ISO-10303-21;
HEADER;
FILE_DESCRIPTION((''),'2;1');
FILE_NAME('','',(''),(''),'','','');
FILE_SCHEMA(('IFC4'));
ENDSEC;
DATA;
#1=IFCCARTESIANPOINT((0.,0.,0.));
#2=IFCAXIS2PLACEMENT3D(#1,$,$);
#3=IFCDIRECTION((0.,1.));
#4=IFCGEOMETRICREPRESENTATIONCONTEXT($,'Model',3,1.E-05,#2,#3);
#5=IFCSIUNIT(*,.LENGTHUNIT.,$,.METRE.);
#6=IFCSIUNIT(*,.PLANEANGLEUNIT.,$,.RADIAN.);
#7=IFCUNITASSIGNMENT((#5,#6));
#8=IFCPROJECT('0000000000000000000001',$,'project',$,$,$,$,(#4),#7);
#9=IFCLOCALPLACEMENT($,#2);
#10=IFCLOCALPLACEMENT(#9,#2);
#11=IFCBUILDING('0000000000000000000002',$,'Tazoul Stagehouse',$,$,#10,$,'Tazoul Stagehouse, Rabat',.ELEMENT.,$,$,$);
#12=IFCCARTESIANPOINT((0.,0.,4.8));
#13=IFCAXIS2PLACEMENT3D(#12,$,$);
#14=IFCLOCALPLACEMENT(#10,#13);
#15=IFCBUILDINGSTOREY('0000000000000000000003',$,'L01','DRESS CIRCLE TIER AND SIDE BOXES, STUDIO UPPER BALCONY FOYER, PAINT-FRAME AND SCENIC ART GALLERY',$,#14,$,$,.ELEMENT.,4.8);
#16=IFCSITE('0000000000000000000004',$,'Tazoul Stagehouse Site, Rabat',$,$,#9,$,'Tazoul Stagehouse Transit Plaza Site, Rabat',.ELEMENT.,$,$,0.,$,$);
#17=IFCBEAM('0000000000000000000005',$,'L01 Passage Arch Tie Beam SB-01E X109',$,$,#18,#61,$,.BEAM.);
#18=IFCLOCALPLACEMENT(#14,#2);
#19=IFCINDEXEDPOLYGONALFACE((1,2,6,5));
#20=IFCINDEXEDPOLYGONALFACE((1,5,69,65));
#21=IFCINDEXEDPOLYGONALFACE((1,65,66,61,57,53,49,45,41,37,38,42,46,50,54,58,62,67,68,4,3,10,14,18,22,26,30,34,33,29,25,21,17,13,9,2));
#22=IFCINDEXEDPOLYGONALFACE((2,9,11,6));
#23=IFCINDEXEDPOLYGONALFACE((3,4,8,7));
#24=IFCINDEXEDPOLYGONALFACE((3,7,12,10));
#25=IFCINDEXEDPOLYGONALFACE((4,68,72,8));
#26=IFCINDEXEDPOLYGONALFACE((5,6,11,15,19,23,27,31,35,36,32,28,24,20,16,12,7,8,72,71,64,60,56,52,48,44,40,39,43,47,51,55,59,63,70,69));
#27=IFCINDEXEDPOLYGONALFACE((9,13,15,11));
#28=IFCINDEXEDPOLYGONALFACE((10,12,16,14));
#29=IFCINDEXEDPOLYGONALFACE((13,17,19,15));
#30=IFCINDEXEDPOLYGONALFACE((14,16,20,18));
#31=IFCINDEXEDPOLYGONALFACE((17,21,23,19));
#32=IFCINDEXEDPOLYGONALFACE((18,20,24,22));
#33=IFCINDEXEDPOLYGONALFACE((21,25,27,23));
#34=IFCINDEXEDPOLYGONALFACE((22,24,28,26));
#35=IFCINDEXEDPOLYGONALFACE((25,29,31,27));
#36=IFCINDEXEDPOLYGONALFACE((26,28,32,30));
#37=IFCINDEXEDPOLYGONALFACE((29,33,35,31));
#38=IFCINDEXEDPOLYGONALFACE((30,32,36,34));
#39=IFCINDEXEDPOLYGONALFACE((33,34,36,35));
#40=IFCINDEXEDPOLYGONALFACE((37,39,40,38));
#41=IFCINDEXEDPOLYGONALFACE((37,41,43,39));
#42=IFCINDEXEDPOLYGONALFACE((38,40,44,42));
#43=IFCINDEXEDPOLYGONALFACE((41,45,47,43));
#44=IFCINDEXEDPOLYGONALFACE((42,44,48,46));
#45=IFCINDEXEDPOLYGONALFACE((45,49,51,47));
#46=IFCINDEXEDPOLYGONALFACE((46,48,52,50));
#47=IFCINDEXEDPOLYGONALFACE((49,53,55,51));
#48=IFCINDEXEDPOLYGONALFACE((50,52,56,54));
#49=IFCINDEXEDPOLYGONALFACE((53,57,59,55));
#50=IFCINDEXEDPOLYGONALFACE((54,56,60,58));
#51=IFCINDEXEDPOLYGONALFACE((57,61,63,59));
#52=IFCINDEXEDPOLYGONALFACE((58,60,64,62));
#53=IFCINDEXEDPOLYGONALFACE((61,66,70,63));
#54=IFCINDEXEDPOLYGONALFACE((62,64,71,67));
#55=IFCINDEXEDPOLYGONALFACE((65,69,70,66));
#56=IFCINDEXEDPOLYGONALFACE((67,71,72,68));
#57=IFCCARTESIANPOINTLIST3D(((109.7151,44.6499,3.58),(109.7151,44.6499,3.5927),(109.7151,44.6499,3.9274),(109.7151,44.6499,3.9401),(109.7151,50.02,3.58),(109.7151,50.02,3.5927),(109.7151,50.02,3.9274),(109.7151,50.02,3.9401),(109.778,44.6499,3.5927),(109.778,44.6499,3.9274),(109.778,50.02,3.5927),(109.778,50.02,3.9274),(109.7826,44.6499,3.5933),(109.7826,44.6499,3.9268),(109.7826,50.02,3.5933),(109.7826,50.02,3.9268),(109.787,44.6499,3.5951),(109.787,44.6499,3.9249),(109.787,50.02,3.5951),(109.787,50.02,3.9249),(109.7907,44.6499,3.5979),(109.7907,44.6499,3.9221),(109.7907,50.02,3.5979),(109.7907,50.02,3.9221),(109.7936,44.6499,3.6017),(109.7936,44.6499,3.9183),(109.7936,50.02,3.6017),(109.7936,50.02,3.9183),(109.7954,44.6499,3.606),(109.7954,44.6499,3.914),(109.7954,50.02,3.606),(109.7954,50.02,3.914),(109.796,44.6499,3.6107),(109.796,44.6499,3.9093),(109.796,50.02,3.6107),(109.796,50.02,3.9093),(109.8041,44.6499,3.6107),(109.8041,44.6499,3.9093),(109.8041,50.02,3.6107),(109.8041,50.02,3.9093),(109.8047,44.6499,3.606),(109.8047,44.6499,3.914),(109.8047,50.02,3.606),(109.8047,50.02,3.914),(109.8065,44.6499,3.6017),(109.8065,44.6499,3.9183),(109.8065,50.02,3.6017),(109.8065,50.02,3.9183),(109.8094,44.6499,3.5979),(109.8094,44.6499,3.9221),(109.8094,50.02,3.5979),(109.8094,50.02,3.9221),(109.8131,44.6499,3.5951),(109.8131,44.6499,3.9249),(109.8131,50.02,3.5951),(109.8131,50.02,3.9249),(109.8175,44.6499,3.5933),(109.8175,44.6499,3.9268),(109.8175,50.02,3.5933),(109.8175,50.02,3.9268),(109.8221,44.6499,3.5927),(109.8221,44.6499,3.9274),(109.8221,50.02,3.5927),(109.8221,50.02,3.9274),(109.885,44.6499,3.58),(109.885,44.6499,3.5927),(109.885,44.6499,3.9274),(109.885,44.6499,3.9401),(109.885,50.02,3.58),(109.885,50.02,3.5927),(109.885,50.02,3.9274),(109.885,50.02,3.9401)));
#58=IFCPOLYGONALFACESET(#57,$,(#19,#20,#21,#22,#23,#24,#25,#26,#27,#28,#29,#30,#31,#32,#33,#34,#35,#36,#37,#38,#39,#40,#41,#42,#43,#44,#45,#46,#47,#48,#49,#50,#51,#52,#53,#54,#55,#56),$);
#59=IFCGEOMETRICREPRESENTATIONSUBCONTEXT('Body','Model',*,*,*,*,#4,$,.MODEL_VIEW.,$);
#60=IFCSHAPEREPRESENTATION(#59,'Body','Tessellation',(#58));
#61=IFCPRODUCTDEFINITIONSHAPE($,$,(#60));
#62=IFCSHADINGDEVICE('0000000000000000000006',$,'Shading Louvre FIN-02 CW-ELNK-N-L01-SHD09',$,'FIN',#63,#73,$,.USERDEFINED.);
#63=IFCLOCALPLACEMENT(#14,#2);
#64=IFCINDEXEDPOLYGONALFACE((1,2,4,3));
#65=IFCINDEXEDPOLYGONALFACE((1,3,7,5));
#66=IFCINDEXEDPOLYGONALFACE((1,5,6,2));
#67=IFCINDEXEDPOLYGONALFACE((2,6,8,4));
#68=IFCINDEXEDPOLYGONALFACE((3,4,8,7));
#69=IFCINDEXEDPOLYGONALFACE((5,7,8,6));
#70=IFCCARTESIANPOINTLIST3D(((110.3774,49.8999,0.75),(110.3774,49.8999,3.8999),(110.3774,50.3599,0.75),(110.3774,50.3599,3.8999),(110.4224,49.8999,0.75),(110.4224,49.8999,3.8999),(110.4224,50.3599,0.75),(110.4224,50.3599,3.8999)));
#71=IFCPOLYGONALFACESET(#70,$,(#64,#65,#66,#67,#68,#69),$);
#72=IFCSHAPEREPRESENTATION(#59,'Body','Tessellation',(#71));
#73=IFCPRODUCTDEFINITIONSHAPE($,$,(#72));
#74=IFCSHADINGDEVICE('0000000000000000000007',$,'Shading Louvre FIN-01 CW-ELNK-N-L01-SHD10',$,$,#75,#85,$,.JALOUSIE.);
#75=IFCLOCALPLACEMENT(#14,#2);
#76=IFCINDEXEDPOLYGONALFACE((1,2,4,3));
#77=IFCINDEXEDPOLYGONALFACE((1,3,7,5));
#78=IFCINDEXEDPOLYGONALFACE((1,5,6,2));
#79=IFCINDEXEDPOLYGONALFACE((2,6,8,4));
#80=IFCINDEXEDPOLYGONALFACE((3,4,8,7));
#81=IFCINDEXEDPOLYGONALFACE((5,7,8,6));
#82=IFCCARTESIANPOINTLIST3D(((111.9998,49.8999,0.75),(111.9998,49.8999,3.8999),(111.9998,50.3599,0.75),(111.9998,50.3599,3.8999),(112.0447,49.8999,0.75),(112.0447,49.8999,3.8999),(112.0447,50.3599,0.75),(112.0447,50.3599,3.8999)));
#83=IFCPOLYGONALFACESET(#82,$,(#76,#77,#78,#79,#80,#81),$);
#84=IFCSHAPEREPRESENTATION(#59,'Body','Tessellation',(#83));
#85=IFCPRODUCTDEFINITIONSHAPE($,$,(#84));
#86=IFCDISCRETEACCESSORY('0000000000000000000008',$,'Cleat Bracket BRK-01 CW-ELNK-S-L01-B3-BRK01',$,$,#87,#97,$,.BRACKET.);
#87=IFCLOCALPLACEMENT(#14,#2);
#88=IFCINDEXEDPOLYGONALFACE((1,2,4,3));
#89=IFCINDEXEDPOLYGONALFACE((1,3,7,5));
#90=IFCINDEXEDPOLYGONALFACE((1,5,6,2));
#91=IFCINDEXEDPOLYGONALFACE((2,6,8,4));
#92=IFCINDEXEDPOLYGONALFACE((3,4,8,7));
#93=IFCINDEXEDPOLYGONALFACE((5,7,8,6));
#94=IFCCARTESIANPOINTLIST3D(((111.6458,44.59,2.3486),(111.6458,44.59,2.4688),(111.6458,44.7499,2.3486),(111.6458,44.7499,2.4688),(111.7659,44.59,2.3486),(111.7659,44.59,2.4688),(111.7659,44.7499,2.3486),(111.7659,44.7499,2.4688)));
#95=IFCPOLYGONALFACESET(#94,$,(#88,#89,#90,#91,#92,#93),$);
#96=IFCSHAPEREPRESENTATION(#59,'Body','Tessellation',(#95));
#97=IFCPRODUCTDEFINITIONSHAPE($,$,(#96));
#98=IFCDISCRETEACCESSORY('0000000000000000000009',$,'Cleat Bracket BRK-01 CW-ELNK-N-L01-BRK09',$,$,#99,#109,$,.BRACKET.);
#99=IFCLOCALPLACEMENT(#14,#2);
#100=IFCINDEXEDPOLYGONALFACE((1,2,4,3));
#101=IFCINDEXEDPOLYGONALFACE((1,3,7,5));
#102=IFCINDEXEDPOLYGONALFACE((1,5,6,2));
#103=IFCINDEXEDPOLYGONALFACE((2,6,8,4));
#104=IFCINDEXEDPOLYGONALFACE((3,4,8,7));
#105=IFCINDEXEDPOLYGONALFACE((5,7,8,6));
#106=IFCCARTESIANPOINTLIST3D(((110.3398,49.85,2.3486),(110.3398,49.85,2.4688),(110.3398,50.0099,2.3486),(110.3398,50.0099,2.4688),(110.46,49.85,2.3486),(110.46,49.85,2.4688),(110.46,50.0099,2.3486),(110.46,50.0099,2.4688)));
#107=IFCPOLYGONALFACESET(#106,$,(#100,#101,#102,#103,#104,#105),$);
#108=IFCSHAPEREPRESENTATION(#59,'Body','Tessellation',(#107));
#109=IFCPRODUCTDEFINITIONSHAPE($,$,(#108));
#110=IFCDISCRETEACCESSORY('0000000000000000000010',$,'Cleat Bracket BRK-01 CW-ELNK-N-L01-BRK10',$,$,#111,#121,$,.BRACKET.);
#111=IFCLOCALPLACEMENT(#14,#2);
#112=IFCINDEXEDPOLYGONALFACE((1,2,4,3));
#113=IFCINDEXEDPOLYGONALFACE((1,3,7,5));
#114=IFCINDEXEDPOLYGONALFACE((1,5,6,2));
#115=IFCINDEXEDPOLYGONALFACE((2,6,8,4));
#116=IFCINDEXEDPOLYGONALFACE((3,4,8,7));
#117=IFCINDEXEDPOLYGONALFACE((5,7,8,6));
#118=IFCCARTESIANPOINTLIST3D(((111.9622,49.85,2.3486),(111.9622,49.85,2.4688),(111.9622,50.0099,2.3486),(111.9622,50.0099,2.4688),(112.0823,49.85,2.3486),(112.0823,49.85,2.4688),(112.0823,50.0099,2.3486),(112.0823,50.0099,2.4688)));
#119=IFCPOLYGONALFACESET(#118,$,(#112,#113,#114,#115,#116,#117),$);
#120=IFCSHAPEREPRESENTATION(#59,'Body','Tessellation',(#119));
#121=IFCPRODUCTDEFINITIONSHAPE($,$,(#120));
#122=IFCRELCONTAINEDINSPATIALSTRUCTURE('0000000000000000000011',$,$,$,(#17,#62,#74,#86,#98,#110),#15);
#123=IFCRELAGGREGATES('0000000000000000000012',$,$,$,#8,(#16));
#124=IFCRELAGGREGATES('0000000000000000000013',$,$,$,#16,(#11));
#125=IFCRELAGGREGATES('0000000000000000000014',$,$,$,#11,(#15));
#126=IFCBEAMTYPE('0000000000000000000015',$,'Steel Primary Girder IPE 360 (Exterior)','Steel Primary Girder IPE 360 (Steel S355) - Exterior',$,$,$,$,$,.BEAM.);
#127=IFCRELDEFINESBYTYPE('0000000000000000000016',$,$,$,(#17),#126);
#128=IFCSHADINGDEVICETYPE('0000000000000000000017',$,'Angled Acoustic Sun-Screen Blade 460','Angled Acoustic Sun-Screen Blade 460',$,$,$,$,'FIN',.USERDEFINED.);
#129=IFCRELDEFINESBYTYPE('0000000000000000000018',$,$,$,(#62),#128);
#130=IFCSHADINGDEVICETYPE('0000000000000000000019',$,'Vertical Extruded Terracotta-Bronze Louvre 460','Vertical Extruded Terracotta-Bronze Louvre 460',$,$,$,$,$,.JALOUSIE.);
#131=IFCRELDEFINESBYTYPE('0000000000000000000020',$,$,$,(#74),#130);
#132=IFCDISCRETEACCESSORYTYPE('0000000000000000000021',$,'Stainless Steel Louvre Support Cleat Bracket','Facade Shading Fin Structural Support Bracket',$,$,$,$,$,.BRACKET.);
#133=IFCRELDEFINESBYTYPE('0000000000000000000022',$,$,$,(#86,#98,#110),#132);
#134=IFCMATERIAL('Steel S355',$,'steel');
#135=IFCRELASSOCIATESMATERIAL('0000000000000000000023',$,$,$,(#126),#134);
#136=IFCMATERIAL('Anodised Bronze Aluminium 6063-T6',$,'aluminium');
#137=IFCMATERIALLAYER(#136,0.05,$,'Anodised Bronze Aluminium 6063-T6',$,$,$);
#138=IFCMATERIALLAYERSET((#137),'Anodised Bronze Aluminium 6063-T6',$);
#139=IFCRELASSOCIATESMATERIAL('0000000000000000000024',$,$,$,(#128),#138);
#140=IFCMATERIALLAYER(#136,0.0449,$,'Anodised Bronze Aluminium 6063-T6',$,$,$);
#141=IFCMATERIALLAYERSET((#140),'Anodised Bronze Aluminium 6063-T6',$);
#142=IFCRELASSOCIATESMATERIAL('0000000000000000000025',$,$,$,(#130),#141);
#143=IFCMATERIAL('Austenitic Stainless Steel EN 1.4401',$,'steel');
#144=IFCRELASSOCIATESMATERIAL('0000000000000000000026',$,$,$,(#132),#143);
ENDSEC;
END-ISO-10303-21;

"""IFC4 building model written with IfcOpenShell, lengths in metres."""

from ifc_helpers import new_model, si_unit, direction, frame, origin, origin_2d, place, context, subcontext, project, spatial, rectangle, i_section, extrude, material, layer, layer_set, material_profile, profile_set, type_object, element, save


model = new_model("IFC4")

# Units and contexts
model_context = context("Model", 3, precision=1e-05, world=origin(), true_north=direction((0.0, 1.0)))
body_context = subcontext(model_context, "Body", "Model", "MODEL_VIEW")
ifc_project = project(units=[si_unit("LENGTHUNIT", "METRE"), si_unit("PLANEANGLEUNIT", "RADIAN")], contexts=[model_context])

# Shared definitions
ifc_material_1 = material(Name="Anodised Bronze Aluminium 6063-T6", Category="aluminium")
site_placement = place(None, origin())
building_placement = place(site_placement, origin())
storey_placement = place(building_placement, frame((0.0, 0.0, 4.8)))

# Site, building, storey
site = spatial("IfcSite", under=ifc_project, at=site_placement, Name="Tazoul Stagehouse Site, Rabat", LongName="Tazoul Stagehouse Transit Plaza Site, Rabat", CompositionType="ELEMENT", RefElevation=0.0)
building = spatial("IfcBuilding", under=site, at=building_placement, Name="Tazoul Stagehouse", LongName="Tazoul Stagehouse, Rabat", CompositionType="ELEMENT")
storey = spatial("IfcBuildingStorey", under=building, at=storey_placement, Name="L01", Description="DRESS CIRCLE TIER AND SIDE BOXES, STUDIO UPPER BALCONY FOYER, PAINT-FRAME AND SCENIC ART GALLERY", CompositionType="ELEMENT", Elevation=4.8)

# Beam
ifc_material_2 = material(Name="Steel S355", Category="steel")
ifc_material_profile_1 = material_profile(ifc_material_2, i_section(OverallWidth=0.1699, OverallDepth=0.3601, WebThickness=0.0081, FlangeThickness=0.0127, FilletRadius=0.0181, at=origin_2d()), Name="IPE 360")
ifc_profile_set_1 = profile_set([ifc_material_profile_1], Name="Steel S355")
beam_type = type_object("IfcBeamType", Name="Steel Primary Girder IPE 360 (Exterior)", Description="Steel Primary Girder IPE 360 (Steel S355) - Exterior", PredefinedType="BEAM", material=ifc_profile_set_1)
beam_placement = place(storey_placement, frame((109.8, 44.6499, 3.76), z_axis=(0.0, 1.0, 0.0), x_axis=(-1.0, 0.0, 0.0)))
element("IfcBeam", 1, at=beam_placement, inside=storey, type_object=beam_type, Name="L01 Passage Arch Tie Beam SB-01E X109", PredefinedType="BEAM", context=body_context, shape_type="SweptSolid", body=[
    extrude(i_section(OverallWidth=0.1699, OverallDepth=0.3601, WebThickness=0.0081, FlangeThickness=0.0127, FilletRadius=0.0181, at=origin_2d()), origin(), (0.0, 0.0, 1.0), 5.3701),
])

# Shading devices
ifc_layer_1 = layer(ifc_material_1, 0.05, Name="Anodised Bronze Aluminium 6063-T6")
ifc_layer_set_1 = layer_set([ifc_layer_1], Name="Anodised Bronze Aluminium 6063-T6")
shading_device_type_1 = type_object("IfcShadingDeviceType", Name="Angled Acoustic Sun-Screen Blade 460", Description="Angled Acoustic Sun-Screen Blade 460", ElementType="FIN", PredefinedType="USERDEFINED", material=ifc_layer_set_1)
shading_device_1_placement = place(storey_placement, frame((110.3999, 50.1299, 0.75), z_axis=(0.0, 0.0, 1.0), x_axis=(1.0, 0.0, 0.0)))
element("IfcShadingDevice", 2, at=shading_device_1_placement, inside=storey, type_object=shading_device_type_1, Name="Shading Louvre FIN-02 CW-ELNK-N-L01-SHD09", ObjectType="FIN", PredefinedType="USERDEFINED", context=body_context, shape_type="SweptSolid", body=[
    extrude(rectangle(XDim=0.0449, YDim=0.46, at=origin_2d()), origin(), (0.0, 0.0, 1.0), 3.1499),
])
ifc_layer_2 = layer(ifc_material_1, 0.0449, Name="Anodised Bronze Aluminium 6063-T6")
ifc_layer_set_2 = layer_set([ifc_layer_2], Name="Anodised Bronze Aluminium 6063-T6")
shading_device_type_2 = type_object("IfcShadingDeviceType", Name="Vertical Extruded Terracotta-Bronze Louvre 460", Description="Vertical Extruded Terracotta-Bronze Louvre 460", PredefinedType="JALOUSIE", material=ifc_layer_set_2)
shading_device_2_placement = place(storey_placement, frame((112.0222, 50.1299, 0.75), z_axis=(0.0, 0.0, 1.0), x_axis=(1.0, 0.0, 0.0)))
element("IfcShadingDevice", 3, at=shading_device_2_placement, inside=storey, type_object=shading_device_type_2, Name="Shading Louvre FIN-01 CW-ELNK-N-L01-SHD10", PredefinedType="JALOUSIE", context=body_context, shape_type="SweptSolid", body=[
    extrude(rectangle(XDim=0.0449, YDim=0.46, at=origin_2d()), origin(), (0.0, 0.0, 1.0), 3.1499),
])

# Discrete accessories
ifc_material_3 = material(Name="Austenitic Stainless Steel EN 1.4401", Category="steel")
discrete_accessory_type = type_object("IfcDiscreteAccessoryType", Name="Stainless Steel Louvre Support Cleat Bracket", Description="Facade Shading Fin Structural Support Bracket", PredefinedType="BRACKET", material=ifc_material_3)
for number, where, z_axis, x_axis, name in (
    (4, (111.7058, 44.6699, 2.3486), (0.0, 0.0, 1.0), (1.0, 0.0, 0.0), "Cleat Bracket BRK-01 CW-ELNK-S-L01-B3-BRK01"),
    (5, (110.3999, 49.9299, 2.3486), (0.0, 0.0, 1.0), (1.0, 0.0, 0.0), "Cleat Bracket BRK-01 CW-ELNK-N-L01-BRK09"),
    (6, (112.0222, 49.9299, 2.3486), (0.0, 0.0, 1.0), (1.0, 0.0, 0.0), "Cleat Bracket BRK-01 CW-ELNK-N-L01-BRK10"),
):
    element("IfcDiscreteAccessory", number, at=place(storey_placement, frame(where, z_axis=z_axis, x_axis=x_axis)), inside=storey, type_object=discrete_accessory_type, Name=name, PredefinedType="BRACKET", context=body_context, shape_type="SweptSolid", body=[
        extrude(rectangle(XDim=0.1201, YDim=0.1599, at=origin_2d()), origin(), (0.0, 0.0, 1.0), 0.1201),
    ])

save(model, "model.ifc")
